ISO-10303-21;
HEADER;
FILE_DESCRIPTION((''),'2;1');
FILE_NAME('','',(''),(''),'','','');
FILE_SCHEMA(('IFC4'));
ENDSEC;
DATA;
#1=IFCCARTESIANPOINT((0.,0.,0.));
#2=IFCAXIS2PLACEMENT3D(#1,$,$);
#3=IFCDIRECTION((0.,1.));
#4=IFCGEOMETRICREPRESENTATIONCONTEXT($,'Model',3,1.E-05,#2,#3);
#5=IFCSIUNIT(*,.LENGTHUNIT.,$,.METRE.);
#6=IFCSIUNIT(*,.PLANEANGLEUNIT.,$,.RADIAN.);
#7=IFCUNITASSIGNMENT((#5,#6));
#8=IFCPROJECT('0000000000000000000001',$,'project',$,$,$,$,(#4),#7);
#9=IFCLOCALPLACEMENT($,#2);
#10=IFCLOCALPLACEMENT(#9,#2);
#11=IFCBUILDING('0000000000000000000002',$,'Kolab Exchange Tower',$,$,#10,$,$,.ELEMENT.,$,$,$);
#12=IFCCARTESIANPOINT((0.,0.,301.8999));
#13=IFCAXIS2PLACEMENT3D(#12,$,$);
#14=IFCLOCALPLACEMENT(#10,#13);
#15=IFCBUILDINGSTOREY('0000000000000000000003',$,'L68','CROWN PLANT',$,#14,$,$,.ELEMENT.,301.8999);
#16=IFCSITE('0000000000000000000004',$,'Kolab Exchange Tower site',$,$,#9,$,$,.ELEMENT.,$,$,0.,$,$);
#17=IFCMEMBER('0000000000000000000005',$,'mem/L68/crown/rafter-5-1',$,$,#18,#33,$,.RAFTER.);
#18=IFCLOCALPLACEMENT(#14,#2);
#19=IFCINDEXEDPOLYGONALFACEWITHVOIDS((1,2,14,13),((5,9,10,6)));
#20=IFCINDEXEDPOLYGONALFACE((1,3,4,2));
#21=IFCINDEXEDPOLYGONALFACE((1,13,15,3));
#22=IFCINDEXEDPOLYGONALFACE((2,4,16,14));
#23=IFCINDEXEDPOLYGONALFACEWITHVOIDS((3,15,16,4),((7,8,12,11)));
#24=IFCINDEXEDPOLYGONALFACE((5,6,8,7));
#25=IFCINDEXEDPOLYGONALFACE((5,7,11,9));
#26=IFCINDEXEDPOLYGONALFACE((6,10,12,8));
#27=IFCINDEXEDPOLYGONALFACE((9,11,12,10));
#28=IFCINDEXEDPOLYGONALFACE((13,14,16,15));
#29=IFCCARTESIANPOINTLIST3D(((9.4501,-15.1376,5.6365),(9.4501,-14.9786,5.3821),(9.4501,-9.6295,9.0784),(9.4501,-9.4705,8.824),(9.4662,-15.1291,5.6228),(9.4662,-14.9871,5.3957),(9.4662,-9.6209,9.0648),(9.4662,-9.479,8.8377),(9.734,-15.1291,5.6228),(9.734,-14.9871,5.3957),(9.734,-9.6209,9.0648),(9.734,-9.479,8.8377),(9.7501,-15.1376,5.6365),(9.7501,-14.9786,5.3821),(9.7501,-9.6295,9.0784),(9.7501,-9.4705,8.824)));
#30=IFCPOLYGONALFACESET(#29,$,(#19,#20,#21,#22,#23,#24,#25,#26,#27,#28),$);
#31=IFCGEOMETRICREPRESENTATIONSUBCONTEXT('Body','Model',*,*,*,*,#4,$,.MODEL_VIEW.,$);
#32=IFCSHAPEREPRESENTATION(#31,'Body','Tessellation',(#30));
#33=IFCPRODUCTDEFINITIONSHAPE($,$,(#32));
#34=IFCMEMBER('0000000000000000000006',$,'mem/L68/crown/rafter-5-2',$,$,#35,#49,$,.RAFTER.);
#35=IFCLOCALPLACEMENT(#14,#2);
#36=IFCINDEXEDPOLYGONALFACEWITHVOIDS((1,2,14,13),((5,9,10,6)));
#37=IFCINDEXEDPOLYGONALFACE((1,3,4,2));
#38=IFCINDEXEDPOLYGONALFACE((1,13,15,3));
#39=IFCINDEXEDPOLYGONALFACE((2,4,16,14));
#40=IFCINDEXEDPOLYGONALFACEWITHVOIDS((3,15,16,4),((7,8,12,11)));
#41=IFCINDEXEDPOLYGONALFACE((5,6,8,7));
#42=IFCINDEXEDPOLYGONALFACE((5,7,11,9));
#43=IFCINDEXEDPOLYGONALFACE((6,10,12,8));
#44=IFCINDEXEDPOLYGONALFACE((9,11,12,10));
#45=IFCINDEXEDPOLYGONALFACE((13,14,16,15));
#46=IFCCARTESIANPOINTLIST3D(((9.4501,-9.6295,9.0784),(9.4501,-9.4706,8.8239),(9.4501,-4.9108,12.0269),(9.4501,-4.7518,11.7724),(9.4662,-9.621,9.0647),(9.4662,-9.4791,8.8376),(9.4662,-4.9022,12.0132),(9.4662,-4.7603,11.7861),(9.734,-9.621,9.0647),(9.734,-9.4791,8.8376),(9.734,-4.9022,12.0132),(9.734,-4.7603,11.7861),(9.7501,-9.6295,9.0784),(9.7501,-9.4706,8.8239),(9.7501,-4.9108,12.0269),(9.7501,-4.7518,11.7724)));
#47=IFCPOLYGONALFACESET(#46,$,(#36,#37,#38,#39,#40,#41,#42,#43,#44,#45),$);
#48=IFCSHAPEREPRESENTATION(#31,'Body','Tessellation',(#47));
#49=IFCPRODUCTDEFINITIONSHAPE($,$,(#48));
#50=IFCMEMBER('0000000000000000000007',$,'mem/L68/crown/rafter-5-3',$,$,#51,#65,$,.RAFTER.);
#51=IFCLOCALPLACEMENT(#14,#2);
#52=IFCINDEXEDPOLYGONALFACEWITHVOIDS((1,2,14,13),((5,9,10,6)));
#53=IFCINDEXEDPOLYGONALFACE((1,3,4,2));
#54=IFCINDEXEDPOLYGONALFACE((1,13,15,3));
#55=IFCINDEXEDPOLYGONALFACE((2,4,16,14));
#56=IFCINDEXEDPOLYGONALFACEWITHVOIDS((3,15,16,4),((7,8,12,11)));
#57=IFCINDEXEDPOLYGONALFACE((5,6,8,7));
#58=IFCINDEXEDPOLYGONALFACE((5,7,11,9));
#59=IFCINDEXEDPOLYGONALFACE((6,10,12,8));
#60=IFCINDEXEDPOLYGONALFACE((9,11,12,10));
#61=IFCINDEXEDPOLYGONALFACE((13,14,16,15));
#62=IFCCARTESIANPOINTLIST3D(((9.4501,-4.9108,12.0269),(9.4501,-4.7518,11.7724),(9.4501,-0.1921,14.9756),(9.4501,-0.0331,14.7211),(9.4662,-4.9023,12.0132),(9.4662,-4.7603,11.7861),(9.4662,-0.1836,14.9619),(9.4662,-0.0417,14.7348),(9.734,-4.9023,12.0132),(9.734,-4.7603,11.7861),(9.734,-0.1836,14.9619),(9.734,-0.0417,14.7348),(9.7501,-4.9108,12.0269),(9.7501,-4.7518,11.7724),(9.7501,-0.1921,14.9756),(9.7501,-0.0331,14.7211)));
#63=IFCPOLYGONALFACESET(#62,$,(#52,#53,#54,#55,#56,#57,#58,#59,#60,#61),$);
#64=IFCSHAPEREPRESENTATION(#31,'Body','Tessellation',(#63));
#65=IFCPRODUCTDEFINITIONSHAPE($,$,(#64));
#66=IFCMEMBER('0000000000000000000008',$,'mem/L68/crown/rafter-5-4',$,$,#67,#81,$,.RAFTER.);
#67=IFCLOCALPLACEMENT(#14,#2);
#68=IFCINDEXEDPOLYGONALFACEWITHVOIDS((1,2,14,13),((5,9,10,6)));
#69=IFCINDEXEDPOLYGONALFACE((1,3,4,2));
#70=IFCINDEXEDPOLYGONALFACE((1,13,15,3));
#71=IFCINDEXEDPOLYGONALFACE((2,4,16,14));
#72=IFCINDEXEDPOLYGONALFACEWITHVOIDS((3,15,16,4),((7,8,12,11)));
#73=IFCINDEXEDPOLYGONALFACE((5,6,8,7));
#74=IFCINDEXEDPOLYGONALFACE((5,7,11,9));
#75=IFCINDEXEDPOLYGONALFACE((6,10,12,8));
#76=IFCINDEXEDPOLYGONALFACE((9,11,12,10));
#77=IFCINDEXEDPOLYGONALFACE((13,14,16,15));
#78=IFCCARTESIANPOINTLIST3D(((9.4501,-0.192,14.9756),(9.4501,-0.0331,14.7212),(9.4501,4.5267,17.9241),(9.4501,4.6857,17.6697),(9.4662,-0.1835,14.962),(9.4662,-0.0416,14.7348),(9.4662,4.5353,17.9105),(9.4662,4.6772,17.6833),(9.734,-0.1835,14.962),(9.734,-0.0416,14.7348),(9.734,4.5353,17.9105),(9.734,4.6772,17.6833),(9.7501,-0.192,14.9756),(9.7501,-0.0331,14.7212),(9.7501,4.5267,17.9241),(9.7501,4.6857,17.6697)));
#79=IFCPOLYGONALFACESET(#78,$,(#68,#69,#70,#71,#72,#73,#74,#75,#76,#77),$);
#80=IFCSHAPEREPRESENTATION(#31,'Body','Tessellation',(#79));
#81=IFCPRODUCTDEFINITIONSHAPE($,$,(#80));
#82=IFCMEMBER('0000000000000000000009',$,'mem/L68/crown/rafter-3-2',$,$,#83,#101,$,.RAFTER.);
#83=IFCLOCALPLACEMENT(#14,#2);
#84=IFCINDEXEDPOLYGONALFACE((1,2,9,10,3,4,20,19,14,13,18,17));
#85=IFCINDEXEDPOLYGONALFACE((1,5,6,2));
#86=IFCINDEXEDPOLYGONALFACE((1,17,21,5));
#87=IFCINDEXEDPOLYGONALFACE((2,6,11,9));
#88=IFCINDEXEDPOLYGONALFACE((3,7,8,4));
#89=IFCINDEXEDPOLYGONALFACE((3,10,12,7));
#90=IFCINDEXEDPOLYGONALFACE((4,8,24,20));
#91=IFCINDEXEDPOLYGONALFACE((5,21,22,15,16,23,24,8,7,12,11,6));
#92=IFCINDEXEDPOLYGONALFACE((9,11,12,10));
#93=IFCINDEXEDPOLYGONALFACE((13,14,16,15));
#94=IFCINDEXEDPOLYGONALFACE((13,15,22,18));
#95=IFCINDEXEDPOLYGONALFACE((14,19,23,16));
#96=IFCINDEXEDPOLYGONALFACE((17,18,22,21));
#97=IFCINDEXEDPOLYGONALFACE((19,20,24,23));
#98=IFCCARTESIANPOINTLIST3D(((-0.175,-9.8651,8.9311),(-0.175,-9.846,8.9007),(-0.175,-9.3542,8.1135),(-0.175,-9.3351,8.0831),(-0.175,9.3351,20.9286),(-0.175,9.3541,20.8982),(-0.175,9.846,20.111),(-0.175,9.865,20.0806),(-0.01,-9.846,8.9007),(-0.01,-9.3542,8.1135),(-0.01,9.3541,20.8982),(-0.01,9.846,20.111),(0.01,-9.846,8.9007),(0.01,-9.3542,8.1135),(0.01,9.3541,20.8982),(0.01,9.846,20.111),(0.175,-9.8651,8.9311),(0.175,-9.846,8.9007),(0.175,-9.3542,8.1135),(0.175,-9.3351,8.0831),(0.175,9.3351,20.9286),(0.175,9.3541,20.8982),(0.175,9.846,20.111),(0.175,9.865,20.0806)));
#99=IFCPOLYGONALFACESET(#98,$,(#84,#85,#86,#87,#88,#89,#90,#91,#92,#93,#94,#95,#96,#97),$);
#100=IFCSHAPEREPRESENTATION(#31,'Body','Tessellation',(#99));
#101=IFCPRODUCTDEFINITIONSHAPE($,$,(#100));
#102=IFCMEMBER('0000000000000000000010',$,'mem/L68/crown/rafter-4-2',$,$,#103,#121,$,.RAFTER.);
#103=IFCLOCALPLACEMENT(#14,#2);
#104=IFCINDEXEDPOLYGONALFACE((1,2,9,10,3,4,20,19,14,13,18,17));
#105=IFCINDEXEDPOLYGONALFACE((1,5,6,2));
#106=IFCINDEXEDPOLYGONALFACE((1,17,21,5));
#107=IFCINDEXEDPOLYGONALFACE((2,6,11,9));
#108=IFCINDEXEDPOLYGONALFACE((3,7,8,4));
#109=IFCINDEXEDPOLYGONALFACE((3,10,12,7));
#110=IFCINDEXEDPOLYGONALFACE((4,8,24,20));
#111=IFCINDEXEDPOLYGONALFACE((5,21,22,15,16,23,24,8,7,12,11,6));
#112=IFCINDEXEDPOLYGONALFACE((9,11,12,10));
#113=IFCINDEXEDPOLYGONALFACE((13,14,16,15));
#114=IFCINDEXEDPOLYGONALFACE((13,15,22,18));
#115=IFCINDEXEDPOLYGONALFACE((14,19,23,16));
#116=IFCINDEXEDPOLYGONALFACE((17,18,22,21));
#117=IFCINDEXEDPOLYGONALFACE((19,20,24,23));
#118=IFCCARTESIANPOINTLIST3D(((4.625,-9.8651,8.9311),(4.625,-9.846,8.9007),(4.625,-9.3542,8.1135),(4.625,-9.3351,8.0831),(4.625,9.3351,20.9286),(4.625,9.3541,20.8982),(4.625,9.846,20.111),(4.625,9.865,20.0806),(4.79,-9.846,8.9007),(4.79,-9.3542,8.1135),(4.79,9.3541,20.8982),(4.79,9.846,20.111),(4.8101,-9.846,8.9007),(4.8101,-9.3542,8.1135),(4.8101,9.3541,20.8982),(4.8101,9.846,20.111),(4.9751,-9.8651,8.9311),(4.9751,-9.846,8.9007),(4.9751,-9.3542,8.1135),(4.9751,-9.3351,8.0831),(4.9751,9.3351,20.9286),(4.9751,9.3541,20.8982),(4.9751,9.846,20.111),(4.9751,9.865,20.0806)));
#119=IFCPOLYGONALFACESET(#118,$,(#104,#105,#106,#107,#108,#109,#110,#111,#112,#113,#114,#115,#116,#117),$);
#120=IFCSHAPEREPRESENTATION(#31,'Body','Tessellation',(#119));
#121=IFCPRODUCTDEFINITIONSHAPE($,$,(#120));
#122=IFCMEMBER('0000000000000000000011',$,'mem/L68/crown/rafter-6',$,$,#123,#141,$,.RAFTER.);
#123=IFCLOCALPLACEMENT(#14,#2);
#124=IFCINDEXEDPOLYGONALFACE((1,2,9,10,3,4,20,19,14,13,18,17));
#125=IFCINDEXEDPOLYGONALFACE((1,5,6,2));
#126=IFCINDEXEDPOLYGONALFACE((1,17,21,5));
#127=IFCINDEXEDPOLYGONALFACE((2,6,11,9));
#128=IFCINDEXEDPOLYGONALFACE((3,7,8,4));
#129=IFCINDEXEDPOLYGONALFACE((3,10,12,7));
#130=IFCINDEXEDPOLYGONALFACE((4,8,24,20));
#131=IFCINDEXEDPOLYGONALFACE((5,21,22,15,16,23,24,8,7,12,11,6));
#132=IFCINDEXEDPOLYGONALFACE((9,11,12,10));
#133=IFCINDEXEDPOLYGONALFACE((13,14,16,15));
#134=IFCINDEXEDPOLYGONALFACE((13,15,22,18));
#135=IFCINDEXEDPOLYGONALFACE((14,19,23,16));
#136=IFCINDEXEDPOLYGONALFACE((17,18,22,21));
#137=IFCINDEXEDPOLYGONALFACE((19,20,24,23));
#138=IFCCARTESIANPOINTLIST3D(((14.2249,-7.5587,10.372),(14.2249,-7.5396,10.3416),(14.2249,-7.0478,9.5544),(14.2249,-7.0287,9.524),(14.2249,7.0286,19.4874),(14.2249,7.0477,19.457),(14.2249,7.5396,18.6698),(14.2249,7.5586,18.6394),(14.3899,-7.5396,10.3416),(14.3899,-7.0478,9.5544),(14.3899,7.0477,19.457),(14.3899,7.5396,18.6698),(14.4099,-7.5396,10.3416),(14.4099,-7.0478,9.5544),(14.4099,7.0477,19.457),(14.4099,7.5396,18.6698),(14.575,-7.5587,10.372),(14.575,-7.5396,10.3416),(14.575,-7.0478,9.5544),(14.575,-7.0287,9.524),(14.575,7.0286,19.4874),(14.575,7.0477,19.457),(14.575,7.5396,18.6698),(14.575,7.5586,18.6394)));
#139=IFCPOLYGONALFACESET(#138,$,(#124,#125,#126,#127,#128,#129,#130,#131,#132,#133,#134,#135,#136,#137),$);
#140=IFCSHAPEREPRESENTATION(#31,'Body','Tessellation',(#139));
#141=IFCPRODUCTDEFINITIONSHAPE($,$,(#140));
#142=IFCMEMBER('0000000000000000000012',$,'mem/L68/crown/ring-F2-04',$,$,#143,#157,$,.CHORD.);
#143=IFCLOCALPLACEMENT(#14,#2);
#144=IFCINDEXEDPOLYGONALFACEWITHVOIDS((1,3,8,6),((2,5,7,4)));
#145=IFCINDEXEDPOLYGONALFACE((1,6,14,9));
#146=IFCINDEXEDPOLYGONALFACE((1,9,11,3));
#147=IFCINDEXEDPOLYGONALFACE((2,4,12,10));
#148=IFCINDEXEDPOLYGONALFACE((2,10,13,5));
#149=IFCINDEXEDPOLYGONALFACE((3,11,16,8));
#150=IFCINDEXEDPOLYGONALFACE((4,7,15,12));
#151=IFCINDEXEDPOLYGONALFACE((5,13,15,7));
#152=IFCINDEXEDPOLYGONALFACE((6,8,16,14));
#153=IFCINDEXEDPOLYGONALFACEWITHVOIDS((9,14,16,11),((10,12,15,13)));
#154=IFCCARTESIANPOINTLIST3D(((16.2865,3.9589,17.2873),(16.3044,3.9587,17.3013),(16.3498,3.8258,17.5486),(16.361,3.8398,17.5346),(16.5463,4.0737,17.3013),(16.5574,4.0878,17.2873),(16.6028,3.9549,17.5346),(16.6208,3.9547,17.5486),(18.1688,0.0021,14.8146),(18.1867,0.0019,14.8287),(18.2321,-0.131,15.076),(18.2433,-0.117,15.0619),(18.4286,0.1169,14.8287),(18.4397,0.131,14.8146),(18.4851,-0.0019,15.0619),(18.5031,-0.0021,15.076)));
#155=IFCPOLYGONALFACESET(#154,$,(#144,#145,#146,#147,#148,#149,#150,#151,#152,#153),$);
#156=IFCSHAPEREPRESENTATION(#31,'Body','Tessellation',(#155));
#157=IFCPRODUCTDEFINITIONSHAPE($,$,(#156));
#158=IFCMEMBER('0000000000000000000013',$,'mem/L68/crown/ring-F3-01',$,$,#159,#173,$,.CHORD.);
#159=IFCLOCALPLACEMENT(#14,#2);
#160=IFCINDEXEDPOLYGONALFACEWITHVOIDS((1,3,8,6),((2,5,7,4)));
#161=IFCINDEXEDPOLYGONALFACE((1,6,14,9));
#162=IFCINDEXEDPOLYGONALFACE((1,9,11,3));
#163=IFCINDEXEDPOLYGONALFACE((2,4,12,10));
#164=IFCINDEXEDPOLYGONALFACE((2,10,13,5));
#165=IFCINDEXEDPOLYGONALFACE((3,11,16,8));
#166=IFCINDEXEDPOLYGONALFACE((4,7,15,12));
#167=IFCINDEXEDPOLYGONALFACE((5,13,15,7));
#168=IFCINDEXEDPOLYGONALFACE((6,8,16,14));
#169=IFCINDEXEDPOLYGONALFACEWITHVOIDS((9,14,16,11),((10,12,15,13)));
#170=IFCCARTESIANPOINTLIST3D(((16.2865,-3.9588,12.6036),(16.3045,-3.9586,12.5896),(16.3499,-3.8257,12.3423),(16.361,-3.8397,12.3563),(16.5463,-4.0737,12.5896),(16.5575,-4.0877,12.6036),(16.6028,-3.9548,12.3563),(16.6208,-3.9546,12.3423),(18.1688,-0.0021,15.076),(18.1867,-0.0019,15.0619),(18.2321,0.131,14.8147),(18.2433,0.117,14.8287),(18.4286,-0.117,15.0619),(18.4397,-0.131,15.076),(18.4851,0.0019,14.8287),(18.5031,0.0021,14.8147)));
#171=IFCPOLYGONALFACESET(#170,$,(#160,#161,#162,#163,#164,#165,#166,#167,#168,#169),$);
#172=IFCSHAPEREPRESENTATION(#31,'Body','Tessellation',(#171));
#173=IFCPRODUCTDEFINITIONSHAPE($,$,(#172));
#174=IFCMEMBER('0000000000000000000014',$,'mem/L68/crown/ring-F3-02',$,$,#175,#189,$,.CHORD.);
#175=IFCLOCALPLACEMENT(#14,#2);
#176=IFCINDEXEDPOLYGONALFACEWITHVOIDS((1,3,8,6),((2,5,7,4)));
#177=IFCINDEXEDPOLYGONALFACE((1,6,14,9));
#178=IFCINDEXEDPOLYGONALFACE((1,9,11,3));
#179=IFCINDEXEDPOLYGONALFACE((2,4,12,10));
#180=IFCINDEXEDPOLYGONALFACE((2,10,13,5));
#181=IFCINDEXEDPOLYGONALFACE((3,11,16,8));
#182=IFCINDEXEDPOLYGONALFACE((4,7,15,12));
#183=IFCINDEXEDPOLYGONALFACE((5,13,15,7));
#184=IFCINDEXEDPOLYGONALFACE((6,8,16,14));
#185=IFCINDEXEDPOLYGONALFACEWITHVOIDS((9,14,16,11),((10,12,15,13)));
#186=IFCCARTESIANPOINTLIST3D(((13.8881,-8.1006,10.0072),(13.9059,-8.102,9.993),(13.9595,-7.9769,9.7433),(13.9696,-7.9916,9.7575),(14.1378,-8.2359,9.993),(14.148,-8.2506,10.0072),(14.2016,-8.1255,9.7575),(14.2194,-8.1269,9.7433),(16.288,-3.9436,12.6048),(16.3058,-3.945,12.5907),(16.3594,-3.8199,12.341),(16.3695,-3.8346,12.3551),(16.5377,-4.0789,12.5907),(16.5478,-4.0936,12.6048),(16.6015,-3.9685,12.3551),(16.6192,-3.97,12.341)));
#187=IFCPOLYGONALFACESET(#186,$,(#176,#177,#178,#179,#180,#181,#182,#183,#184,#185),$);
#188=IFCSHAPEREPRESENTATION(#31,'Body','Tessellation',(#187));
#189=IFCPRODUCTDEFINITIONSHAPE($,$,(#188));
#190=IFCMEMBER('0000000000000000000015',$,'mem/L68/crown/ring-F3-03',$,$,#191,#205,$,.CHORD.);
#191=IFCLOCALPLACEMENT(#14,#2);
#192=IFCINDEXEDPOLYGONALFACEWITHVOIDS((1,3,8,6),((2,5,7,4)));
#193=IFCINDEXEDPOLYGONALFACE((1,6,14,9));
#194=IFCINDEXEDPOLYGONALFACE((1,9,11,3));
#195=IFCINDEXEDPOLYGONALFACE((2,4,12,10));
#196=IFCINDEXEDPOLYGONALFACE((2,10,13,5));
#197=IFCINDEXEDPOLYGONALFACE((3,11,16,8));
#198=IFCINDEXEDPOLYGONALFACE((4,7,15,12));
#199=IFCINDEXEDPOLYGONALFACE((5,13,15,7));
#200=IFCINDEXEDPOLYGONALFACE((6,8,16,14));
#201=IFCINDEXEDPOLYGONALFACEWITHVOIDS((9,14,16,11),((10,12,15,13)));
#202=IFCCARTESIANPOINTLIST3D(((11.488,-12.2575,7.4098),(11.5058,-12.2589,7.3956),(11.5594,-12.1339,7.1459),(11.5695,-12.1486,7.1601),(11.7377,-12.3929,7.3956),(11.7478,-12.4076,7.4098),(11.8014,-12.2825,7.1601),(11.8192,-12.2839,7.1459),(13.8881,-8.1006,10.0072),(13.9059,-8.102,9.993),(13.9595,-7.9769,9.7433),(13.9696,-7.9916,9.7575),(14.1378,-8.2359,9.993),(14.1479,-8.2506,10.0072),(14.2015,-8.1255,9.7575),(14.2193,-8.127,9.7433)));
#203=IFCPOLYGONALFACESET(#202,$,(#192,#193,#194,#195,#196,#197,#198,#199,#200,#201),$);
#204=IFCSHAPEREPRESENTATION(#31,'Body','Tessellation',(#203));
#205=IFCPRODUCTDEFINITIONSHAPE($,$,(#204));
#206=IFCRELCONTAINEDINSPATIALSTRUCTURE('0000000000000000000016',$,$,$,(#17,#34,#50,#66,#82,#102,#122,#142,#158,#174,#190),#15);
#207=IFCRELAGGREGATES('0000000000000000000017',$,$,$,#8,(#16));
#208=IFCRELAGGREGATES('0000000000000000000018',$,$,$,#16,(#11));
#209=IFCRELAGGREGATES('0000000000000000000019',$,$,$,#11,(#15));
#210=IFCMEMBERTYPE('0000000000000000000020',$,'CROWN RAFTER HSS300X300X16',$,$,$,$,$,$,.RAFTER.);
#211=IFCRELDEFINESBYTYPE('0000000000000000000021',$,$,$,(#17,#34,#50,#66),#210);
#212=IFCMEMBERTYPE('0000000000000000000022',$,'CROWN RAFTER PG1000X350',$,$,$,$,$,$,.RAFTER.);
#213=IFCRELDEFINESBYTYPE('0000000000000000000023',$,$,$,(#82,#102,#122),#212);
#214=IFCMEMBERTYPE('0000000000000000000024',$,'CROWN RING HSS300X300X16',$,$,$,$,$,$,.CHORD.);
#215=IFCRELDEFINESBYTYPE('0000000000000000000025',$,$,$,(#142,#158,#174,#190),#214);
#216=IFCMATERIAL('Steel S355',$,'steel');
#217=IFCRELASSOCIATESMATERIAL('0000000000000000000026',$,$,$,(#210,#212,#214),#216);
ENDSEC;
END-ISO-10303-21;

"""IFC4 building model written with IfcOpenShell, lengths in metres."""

from ifc_helpers import new_model, si_unit, direction, frame, origin, origin_2d, place, context, subcontext, project, spatial, hollow_rectangle, i_section, extrude, material, material_profile, profile_set, type_object, element, save


model = new_model("IFC4")

# Units and contexts
model_context = context("Model", 3, precision=1e-05, world=origin(), true_north=direction((0.0, 1.0)))
body_context = subcontext(model_context, "Body", "Model", "MODEL_VIEW")
ifc_project = project(units=[si_unit("LENGTHUNIT", "METRE"), si_unit("PLANEANGLEUNIT", "RADIAN")], contexts=[model_context])

# Site, building, storey
site_placement = place(None, origin())
site = spatial("IfcSite", under=ifc_project, at=site_placement, Name="Kolab Exchange Tower site", CompositionType="ELEMENT", RefElevation=0.0)
building_placement = place(site_placement, origin())
building = spatial("IfcBuilding", under=site, at=building_placement, Name="Kolab Exchange Tower", CompositionType="ELEMENT")
storey_placement = place(building_placement, frame((0.0, 0.0, 301.8999)))
storey = spatial("IfcBuildingStorey", under=building, at=storey_placement, Name="L68", Description="CROWN PLANT", CompositionType="ELEMENT", Elevation=301.8999)

# Members
ifc_material_1 = material(Name="Steel S355", Category="steel")
ifc_material_profile_1 = material_profile(ifc_material_1, hollow_rectangle(XDim=0.3, YDim=0.3, WallThickness=0.0161, at=origin_2d()), Name="HSS300X300X16")
ifc_profile_set_1 = profile_set([ifc_material_profile_1], Name="Steel S355")
member_type_1 = type_object("IfcMemberType", Name="CROWN RAFTER HSS300X300X16", PredefinedType="RAFTER", material=ifc_profile_set_1)
member_1_placement = place(storey_placement, frame((9.6001, -15.0581, 5.5093), z_axis=(0.0, 0.848043, 0.529928), x_axis=(-1.0, 0.0, 0.0)))
element("IfcMember", 1, at=member_1_placement, inside=storey, type_object=member_type_1, Name="mem/L68/crown/rafter-5-1", PredefinedType="RAFTER", context=body_context, shape_type="SweptSolid", body=[
    extrude(hollow_rectangle(XDim=0.3, YDim=0.3, WallThickness=0.0161, at=origin_2d()), origin(), (0.0, 0.0, 1.0), 6.4951),
])
for number, where, z_axis, x_axis, name in (
    (2, (9.6001, -9.55, 8.9512), (0.0, 0.848057, 0.529904), (-1.0, 0.0, 0.0), "mem/L68/crown/rafter-5-2"),
    (3, (9.6001, -4.8313, 11.8997), (0.0, 0.848038, 0.529936), (-1.0, 0.0, 0.0), "mem/L68/crown/rafter-5-3"),
    (4, (9.6001, -0.1125, 14.8484), (0.0, 0.848057, 0.529904), (-1.0, 0.0, 0.0), "mem/L68/crown/rafter-5-4"),
):
    element("IfcMember", number, at=place(storey_placement, frame(where, z_axis=z_axis, x_axis=x_axis)), inside=storey, type_object=member_type_1, Name=name, PredefinedType="RAFTER", context=body_context, shape_type="SweptSolid", body=[
        extrude(hollow_rectangle(XDim=0.3, YDim=0.3, WallThickness=0.0161, at=origin_2d()), origin(), (0.0, 0.0, 1.0), 5.5642),
    ])
ifc_material_profile_2 = material_profile(ifc_material_1, i_section(OverallWidth=0.3501, OverallDepth=1.0, WebThickness=0.02, FlangeThickness=0.0359, at=origin_2d()), Name="PG1000X350")
ifc_profile_set_2 = profile_set([ifc_material_profile_2], Name="Steel S355")
member_type_2 = type_object("IfcMemberType", Name="CROWN RAFTER PG1000X350", PredefinedType="RAFTER", material=ifc_profile_set_2)
for number, where, z_axis, x_axis, name in (
    (5, (0.0, -9.6001, 8.5071), (0.0, 0.848049, 0.529918), (-1.0, 0.0, 0.0), "mem/L68/crown/rafter-3-2"),
    (6, (4.8, -9.6001, 8.5071), (0.0, 0.848049, 0.529918), (-1.0, 0.0, 0.0), "mem/L68/crown/rafter-4-2"),
):
    element("IfcMember", number, at=place(storey_placement, frame(where, z_axis=z_axis, x_axis=x_axis)), inside=storey, type_object=member_type_2, Name=name, PredefinedType="RAFTER", context=body_context, shape_type="SweptSolid", body=[
        extrude(i_section(OverallWidth=0.3501, OverallDepth=1.0, WebThickness=0.02, FlangeThickness=0.0359, at=origin_2d()), origin(), (0.0, 0.0, 1.0), 22.6404),
    ])
member_2_placement = place(storey_placement, frame((14.3999, -7.2937, 9.948), z_axis=(0.0, 0.848041, 0.52993), x_axis=(-1.0, 0.0, 0.0)))
element("IfcMember", 7, at=member_2_placement, inside=storey, type_object=member_type_2, Name="mem/L68/crown/rafter-6", PredefinedType="RAFTER", context=body_context, shape_type="SweptSolid", body=[
    extrude(i_section(OverallWidth=0.3501, OverallDepth=1.0, WebThickness=0.02, FlangeThickness=0.0359, at=origin_2d()), origin(), (0.0, 0.0, 1.0), 17.2012),
])
ifc_material_profile_3 = material_profile(ifc_material_1, hollow_rectangle(XDim=0.3, YDim=0.3, WallThickness=0.0161, at=origin_2d()), Name="HSS300X300X16")
ifc_profile_set_3 = profile_set([ifc_material_profile_3], Name="Steel S355")
member_type_3 = type_object("IfcMemberType", Name="CROWN RING HSS300X300X16", PredefinedType="CHORD", material=ifc_profile_set_3)
member_3_placement = place(storey_placement, frame((16.4536, 3.9568, 17.418), z_axis=(0.374128, -0.786444, -0.491461), x_axis=(0.903025, 0.429587, 0.0)))
element("IfcMember", 8, at=member_3_placement, inside=storey, type_object=member_type_3, Name="mem/L68/crown/ring-F2-04", PredefinedType="CHORD", context=body_context, shape_type="SweptSolid", body=[
    extrude(hollow_rectangle(XDim=0.3, YDim=0.3, WallThickness=0.0161, at=origin_2d()), origin(), (0.0, 0.0, 1.0), 5.0312),
])
member_4_placement = place(storey_placement, frame((18.3359, 0.0, 14.9453), z_axis=(-0.374137, -0.786463, -0.491424), x_axis=(0.903025, -0.429587, 0.0)))
element("IfcMember", 9, at=member_4_placement, inside=storey, type_object=member_type_3, Name="mem/L68/crown/ring-F3-01", PredefinedType="CHORD", context=body_context, shape_type="SweptSolid", body=[
    extrude(hollow_rectangle(XDim=0.3, YDim=0.3, WallThickness=0.0161, at=origin_2d()), origin(), (0.0, 0.0, 1.0), 5.031),
])
for number, where, z_axis, x_axis, name in (
    (10, (16.4536, -3.9568, 12.4729), (-0.439718, -0.761656, -0.475951), (0.866037, -0.499979, 0.0), "mem/L68/crown/ring-F3-02"),
    (11, (14.0537, -8.1138, 9.8752), (-0.439763, -0.761657, -0.475907), (0.866015, -0.500017, 0.0), "mem/L68/crown/ring-F3-03"),
):
    element("IfcMember", number, at=place(storey_placement, frame(where, z_axis=z_axis, x_axis=x_axis)), inside=storey, type_object=member_type_3, Name=name, PredefinedType="CHORD", context=body_context, shape_type="SweptSolid", body=[
        extrude(hollow_rectangle(XDim=0.3, YDim=0.3, WallThickness=0.0161, at=origin_2d()), origin(), (0.0, 0.0, 1.0), 5.4578),
    ])

save(model, "model.ifc")
